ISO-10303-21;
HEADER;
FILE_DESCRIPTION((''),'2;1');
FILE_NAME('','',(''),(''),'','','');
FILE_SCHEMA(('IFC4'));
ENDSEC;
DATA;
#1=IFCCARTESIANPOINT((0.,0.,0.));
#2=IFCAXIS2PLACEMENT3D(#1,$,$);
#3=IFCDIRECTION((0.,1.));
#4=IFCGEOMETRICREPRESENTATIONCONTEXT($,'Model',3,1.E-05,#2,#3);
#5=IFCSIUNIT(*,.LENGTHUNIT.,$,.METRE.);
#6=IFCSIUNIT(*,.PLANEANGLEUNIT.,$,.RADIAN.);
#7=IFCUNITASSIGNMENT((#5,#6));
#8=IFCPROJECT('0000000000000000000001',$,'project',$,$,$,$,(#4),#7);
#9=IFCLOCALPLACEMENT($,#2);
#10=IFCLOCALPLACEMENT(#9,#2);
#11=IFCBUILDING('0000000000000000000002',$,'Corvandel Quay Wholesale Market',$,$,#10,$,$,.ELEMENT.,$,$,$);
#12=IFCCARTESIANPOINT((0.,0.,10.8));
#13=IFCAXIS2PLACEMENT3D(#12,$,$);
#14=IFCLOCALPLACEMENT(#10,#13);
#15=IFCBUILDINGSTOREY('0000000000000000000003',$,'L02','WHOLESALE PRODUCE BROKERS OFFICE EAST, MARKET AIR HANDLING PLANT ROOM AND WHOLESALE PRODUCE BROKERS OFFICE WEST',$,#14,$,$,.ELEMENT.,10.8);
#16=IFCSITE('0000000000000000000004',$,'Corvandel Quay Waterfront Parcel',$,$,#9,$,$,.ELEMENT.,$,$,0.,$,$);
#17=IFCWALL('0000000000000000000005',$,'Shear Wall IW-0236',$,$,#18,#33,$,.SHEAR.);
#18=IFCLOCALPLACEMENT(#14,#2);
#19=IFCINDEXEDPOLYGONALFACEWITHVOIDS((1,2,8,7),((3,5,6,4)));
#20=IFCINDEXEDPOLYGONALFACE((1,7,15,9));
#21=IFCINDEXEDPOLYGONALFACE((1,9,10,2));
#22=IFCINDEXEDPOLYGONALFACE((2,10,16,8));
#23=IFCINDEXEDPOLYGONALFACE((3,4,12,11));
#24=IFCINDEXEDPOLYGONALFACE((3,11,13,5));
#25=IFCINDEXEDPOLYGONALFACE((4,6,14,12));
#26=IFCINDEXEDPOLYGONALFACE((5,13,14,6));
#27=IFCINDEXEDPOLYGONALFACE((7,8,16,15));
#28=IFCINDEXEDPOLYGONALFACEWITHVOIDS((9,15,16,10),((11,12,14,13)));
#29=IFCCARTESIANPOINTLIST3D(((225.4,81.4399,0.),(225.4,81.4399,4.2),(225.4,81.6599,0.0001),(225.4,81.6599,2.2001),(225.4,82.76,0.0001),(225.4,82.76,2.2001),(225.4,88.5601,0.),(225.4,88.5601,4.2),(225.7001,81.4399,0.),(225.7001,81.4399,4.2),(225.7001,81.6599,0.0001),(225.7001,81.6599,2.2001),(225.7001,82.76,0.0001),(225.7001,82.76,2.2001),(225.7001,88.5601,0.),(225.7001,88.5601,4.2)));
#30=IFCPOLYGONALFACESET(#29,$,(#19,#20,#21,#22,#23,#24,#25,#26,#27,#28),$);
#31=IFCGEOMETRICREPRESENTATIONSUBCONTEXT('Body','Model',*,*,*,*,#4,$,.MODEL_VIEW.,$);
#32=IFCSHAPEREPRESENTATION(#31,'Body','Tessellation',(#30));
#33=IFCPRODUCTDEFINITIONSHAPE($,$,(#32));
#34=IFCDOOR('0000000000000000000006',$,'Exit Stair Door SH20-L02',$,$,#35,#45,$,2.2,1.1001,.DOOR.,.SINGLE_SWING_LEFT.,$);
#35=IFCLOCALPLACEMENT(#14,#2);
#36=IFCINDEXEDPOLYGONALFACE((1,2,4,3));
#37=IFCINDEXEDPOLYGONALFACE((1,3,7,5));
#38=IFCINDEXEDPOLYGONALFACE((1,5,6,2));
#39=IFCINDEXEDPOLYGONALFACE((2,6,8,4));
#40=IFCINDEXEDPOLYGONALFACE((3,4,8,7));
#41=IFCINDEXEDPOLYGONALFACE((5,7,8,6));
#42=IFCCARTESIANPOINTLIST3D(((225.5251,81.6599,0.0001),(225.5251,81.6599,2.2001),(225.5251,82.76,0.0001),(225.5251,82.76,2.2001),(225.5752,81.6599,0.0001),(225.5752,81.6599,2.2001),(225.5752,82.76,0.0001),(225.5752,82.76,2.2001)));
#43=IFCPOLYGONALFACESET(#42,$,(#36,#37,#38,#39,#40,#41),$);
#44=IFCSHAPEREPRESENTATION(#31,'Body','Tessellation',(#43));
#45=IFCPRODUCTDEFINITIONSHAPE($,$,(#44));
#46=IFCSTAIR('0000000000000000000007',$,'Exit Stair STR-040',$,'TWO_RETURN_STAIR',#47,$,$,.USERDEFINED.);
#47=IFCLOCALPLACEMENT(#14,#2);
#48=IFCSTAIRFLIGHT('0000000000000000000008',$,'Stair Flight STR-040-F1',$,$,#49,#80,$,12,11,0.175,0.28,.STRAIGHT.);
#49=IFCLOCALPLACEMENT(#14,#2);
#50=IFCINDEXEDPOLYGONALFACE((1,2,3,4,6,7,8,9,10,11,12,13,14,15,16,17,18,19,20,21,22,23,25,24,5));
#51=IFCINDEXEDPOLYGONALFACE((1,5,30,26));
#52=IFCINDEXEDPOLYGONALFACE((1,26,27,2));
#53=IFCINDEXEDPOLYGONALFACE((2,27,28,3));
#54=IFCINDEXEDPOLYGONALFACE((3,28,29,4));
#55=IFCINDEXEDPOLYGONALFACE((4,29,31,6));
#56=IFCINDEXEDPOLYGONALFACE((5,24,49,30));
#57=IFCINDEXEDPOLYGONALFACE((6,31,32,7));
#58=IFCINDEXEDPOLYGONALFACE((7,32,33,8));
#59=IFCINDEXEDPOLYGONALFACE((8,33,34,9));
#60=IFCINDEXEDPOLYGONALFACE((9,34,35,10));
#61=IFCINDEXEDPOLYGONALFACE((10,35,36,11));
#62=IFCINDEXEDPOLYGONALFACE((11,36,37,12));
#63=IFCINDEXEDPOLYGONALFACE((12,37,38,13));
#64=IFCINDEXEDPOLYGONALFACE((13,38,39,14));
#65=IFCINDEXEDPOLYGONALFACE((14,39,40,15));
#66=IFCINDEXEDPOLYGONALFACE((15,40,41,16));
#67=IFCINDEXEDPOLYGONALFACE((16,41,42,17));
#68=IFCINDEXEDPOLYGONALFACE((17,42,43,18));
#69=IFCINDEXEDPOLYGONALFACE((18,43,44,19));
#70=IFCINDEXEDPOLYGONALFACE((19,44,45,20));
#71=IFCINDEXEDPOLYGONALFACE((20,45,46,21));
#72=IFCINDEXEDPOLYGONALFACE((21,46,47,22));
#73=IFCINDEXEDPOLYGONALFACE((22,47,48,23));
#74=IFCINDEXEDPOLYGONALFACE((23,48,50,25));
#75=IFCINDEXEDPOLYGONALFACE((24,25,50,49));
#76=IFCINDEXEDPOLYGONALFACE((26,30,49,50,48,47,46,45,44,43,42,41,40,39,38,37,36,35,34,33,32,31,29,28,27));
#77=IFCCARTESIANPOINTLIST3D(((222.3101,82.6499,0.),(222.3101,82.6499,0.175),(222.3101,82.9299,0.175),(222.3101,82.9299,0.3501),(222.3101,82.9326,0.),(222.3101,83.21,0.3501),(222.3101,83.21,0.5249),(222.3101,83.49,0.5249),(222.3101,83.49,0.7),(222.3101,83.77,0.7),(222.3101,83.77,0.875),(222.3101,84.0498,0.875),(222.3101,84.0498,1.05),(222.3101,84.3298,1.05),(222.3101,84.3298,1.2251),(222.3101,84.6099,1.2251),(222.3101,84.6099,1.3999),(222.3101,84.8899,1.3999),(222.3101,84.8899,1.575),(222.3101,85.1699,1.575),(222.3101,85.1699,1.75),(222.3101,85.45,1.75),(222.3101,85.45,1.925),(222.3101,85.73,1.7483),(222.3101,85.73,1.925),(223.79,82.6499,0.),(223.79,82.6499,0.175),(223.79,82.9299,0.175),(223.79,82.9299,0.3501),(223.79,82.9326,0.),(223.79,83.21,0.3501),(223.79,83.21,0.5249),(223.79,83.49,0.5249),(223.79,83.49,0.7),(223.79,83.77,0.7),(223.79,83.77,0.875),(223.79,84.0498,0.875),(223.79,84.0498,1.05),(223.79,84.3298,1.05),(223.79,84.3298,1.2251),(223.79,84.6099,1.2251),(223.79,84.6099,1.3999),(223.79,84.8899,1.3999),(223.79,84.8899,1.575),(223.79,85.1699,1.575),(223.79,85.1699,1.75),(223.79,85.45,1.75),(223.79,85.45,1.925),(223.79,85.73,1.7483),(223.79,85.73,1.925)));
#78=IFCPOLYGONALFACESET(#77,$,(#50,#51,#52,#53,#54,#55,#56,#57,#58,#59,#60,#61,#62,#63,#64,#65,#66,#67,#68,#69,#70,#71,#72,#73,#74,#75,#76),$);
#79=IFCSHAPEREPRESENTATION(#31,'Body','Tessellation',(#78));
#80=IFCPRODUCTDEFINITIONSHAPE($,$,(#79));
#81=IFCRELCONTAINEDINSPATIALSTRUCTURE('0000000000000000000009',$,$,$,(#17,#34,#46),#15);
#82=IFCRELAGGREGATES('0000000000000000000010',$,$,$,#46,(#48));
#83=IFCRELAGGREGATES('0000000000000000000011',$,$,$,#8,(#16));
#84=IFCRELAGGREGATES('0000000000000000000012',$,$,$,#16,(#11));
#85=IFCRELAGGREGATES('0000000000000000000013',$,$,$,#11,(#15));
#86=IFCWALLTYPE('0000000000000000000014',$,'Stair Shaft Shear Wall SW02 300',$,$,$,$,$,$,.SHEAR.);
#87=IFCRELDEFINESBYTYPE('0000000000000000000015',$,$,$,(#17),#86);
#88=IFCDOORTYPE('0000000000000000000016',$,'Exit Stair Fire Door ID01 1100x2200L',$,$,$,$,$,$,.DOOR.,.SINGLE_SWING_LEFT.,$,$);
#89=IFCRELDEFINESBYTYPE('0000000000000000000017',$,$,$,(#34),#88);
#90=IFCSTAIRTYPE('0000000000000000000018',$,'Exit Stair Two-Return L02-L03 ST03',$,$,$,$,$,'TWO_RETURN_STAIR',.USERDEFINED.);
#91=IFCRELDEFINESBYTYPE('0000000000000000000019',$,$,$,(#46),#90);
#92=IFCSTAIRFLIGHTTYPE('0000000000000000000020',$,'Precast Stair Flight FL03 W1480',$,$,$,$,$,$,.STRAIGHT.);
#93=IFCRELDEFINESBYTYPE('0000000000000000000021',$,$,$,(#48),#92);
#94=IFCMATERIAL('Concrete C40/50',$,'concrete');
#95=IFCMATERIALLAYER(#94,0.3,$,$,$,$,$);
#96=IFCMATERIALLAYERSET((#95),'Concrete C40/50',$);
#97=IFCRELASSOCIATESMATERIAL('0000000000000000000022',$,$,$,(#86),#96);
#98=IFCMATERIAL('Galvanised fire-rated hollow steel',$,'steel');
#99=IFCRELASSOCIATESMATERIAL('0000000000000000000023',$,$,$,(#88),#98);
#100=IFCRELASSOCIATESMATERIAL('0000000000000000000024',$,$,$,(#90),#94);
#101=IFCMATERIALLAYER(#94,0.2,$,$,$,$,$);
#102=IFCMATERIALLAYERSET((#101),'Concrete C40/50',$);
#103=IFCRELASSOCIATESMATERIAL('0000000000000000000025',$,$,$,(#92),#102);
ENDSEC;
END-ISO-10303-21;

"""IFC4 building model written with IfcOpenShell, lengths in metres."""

from ifc_helpers import new_model, si_unit, direction, frame, frame_2d, origin, place, context, subcontext, project, spatial, polyline, rectangle, outline, extrude, material, layer, layer_set, type_object, element, fill, aggregate, save


model = new_model("IFC4")

# Units and contexts
model_context = context("Model", 3, precision=1e-05, world=origin(), true_north=direction((0.0, 1.0)))
body_context = subcontext(model_context, "Body", "Model", "MODEL_VIEW")
ifc_project = project(units=[si_unit("LENGTHUNIT", "METRE"), si_unit("PLANEANGLEUNIT", "RADIAN")], contexts=[model_context])

# Site, building, storey
site_placement = place(None, origin())
site = spatial("IfcSite", under=ifc_project, at=site_placement, Name="Corvandel Quay Waterfront Parcel", CompositionType="ELEMENT", RefElevation=0.0)
building_placement = place(site_placement, origin())
building = spatial("IfcBuilding", under=site, at=building_placement, Name="Corvandel Quay Wholesale Market", CompositionType="ELEMENT")
storey_placement = place(building_placement, frame((0.0, 0.0, 10.8)))
storey = spatial("IfcBuildingStorey", under=building, at=storey_placement, Name="L02", Description="WHOLESALE PRODUCE BROKERS OFFICE EAST, MARKET AIR HANDLING PLANT ROOM AND WHOLESALE PRODUCE BROKERS OFFICE WEST", CompositionType="ELEMENT", Elevation=10.8)

# Shared definitions
ifc_material_1 = material(Name="Concrete C40/50", Category="concrete")
ifc_layer_1 = layer(ifc_material_1, 0.3)
ifc_layer_set_1 = layer_set([ifc_layer_1], Name="Concrete C40/50")
wall_type_1 = type_object("IfcWallType", Name="Stair Shaft Shear Wall SW02 300", PredefinedType="SHEAR", material=ifc_layer_set_1)

# Wall, opening, door
wall_1_placement = place(storey_placement, frame((225.55, 81.4399, 0.0), z_axis=(0.0, 0.0, 1.0), x_axis=(0.0, 1.0, 0.0)))
wall_1 = element("IfcWall", 1, at=wall_1_placement, inside=storey, type_object=wall_type_1, Name="Shear Wall IW-0236", PredefinedType="SHEAR", context=body_context, shape_type="SweptSolid", body=[
    extrude(rectangle(XDim=7.1201, YDim=0.3, at=frame_2d((3.5601, 0.0))), origin(), (0.0, 0.0, 1.0), 4.2),
])
opening_1_placement = place(wall_1_placement, frame((0.22, 0.0, 0.0)))
opening_1 = element("IfcOpeningElement", 2, at=opening_1_placement, cuts=wall_1, PredefinedType="OPENING", context=body_context, shape_type="SweptSolid", body=[
    extrude(rectangle(XDim=1.1001, YDim=2.2, at=frame_2d((0.55, 1.1001))), frame((0.0, 0.1599, 0.0), z_axis=(0.0, -1.0, 0.0), x_axis=(1.0, 0.0, 0.0)), (0.0, 0.0, 1.0), 0.3201),
])
ifc_material_2 = material(Name="Galvanised fire-rated hollow steel", Category="steel")
door_type = type_object("IfcDoorType", Name="Exit Stair Fire Door ID01 1100x2200L", OperationType="SINGLE_SWING_LEFT", PredefinedType="DOOR", material=ifc_material_2)
door_placement = place(opening_1_placement, origin())
door = element("IfcDoor", 3, at=door_placement, inside=storey, type_object=door_type, Name="Exit Stair Door SH20-L02", OperationType="SINGLE_SWING_LEFT", OverallHeight=2.2, OverallWidth=1.1001, PredefinedType="DOOR", context=body_context, shape_type="SweptSolid", body=[
    extrude(rectangle(XDim=1.1001, YDim=2.2, at=frame_2d((0.55, 1.1001))), frame((0.0, 0.0249, 0.0), z_axis=(0.0, -1.0, 0.0), x_axis=(1.0, 0.0, 0.0)), (0.0, 0.0, 1.0), 0.05),
])
fill(opening_1, door)

# Stair, stair flight
stair_type = type_object("IfcStairType", Name="Exit Stair Two-Return L02-L03 ST03", ElementType="TWO_RETURN_STAIR", PredefinedType="USERDEFINED", material=ifc_material_1)
stair_placement = place(storey_placement, origin())
stair = element("IfcStair", 4, at=stair_placement, inside=storey, type_object=stair_type, Name="Exit Stair STR-040", ObjectType="TWO_RETURN_STAIR", PredefinedType="USERDEFINED")
ifc_layer_2 = layer(ifc_material_1, 0.2)
ifc_layer_set_2 = layer_set([ifc_layer_2], Name="Concrete C40/50")
stair_flight_type = type_object("IfcStairFlightType", Name="Precast Stair Flight FL03 W1480", PredefinedType="STRAIGHT", material=ifc_layer_set_2)
stair_flight_placement = place(storey_placement, frame((223.05, 82.6499, 0.0), z_axis=(0.0, 0.0, 1.0), x_axis=(0.0, 1.0, 0.0)))
stair_flight = element("IfcStairFlight", 5, at=stair_flight_placement, type_object=stair_flight_type, Name="Stair Flight STR-040-F1", NumberOfRisers=12, NumberOfTreads=11, PredefinedType="STRAIGHT", RiserHeight=0.175, TreadLength=0.28, context=body_context, shape_type="SweptSolid", body=[
    extrude(outline(polyline([(0.0, 0.0), (0.0, 0.175), (0.28, 0.175), (0.28, 0.3501), (0.5601, 0.3501), (0.5601, 0.5249), (0.8401, 0.5249), (0.8401, 0.7), (1.1201, 0.7), (1.1201, 0.875), (1.3999, 0.875), (1.3999, 1.05), (1.6799, 1.05), (1.6799, 1.2251), (1.96, 1.2251), (1.96, 1.3999), (2.24, 1.3999), (2.24, 1.575), (2.52, 1.575), (2.52, 1.75), (2.8, 1.75), (2.8, 1.925), (3.0801, 1.925), (3.0801, 2.1001), (3.0801, 1.7483), (0.2827, 0.0), (0.0, 0.0)])), frame((0.0, 0.74, 0.0), z_axis=(0.0, -1.0, 0.0), x_axis=(1.0, 0.0, 0.0)), (0.0, 0.0, 1.0), 1.48),
])
aggregate(stair, [stair_flight])

save(model, "model.ifc")
